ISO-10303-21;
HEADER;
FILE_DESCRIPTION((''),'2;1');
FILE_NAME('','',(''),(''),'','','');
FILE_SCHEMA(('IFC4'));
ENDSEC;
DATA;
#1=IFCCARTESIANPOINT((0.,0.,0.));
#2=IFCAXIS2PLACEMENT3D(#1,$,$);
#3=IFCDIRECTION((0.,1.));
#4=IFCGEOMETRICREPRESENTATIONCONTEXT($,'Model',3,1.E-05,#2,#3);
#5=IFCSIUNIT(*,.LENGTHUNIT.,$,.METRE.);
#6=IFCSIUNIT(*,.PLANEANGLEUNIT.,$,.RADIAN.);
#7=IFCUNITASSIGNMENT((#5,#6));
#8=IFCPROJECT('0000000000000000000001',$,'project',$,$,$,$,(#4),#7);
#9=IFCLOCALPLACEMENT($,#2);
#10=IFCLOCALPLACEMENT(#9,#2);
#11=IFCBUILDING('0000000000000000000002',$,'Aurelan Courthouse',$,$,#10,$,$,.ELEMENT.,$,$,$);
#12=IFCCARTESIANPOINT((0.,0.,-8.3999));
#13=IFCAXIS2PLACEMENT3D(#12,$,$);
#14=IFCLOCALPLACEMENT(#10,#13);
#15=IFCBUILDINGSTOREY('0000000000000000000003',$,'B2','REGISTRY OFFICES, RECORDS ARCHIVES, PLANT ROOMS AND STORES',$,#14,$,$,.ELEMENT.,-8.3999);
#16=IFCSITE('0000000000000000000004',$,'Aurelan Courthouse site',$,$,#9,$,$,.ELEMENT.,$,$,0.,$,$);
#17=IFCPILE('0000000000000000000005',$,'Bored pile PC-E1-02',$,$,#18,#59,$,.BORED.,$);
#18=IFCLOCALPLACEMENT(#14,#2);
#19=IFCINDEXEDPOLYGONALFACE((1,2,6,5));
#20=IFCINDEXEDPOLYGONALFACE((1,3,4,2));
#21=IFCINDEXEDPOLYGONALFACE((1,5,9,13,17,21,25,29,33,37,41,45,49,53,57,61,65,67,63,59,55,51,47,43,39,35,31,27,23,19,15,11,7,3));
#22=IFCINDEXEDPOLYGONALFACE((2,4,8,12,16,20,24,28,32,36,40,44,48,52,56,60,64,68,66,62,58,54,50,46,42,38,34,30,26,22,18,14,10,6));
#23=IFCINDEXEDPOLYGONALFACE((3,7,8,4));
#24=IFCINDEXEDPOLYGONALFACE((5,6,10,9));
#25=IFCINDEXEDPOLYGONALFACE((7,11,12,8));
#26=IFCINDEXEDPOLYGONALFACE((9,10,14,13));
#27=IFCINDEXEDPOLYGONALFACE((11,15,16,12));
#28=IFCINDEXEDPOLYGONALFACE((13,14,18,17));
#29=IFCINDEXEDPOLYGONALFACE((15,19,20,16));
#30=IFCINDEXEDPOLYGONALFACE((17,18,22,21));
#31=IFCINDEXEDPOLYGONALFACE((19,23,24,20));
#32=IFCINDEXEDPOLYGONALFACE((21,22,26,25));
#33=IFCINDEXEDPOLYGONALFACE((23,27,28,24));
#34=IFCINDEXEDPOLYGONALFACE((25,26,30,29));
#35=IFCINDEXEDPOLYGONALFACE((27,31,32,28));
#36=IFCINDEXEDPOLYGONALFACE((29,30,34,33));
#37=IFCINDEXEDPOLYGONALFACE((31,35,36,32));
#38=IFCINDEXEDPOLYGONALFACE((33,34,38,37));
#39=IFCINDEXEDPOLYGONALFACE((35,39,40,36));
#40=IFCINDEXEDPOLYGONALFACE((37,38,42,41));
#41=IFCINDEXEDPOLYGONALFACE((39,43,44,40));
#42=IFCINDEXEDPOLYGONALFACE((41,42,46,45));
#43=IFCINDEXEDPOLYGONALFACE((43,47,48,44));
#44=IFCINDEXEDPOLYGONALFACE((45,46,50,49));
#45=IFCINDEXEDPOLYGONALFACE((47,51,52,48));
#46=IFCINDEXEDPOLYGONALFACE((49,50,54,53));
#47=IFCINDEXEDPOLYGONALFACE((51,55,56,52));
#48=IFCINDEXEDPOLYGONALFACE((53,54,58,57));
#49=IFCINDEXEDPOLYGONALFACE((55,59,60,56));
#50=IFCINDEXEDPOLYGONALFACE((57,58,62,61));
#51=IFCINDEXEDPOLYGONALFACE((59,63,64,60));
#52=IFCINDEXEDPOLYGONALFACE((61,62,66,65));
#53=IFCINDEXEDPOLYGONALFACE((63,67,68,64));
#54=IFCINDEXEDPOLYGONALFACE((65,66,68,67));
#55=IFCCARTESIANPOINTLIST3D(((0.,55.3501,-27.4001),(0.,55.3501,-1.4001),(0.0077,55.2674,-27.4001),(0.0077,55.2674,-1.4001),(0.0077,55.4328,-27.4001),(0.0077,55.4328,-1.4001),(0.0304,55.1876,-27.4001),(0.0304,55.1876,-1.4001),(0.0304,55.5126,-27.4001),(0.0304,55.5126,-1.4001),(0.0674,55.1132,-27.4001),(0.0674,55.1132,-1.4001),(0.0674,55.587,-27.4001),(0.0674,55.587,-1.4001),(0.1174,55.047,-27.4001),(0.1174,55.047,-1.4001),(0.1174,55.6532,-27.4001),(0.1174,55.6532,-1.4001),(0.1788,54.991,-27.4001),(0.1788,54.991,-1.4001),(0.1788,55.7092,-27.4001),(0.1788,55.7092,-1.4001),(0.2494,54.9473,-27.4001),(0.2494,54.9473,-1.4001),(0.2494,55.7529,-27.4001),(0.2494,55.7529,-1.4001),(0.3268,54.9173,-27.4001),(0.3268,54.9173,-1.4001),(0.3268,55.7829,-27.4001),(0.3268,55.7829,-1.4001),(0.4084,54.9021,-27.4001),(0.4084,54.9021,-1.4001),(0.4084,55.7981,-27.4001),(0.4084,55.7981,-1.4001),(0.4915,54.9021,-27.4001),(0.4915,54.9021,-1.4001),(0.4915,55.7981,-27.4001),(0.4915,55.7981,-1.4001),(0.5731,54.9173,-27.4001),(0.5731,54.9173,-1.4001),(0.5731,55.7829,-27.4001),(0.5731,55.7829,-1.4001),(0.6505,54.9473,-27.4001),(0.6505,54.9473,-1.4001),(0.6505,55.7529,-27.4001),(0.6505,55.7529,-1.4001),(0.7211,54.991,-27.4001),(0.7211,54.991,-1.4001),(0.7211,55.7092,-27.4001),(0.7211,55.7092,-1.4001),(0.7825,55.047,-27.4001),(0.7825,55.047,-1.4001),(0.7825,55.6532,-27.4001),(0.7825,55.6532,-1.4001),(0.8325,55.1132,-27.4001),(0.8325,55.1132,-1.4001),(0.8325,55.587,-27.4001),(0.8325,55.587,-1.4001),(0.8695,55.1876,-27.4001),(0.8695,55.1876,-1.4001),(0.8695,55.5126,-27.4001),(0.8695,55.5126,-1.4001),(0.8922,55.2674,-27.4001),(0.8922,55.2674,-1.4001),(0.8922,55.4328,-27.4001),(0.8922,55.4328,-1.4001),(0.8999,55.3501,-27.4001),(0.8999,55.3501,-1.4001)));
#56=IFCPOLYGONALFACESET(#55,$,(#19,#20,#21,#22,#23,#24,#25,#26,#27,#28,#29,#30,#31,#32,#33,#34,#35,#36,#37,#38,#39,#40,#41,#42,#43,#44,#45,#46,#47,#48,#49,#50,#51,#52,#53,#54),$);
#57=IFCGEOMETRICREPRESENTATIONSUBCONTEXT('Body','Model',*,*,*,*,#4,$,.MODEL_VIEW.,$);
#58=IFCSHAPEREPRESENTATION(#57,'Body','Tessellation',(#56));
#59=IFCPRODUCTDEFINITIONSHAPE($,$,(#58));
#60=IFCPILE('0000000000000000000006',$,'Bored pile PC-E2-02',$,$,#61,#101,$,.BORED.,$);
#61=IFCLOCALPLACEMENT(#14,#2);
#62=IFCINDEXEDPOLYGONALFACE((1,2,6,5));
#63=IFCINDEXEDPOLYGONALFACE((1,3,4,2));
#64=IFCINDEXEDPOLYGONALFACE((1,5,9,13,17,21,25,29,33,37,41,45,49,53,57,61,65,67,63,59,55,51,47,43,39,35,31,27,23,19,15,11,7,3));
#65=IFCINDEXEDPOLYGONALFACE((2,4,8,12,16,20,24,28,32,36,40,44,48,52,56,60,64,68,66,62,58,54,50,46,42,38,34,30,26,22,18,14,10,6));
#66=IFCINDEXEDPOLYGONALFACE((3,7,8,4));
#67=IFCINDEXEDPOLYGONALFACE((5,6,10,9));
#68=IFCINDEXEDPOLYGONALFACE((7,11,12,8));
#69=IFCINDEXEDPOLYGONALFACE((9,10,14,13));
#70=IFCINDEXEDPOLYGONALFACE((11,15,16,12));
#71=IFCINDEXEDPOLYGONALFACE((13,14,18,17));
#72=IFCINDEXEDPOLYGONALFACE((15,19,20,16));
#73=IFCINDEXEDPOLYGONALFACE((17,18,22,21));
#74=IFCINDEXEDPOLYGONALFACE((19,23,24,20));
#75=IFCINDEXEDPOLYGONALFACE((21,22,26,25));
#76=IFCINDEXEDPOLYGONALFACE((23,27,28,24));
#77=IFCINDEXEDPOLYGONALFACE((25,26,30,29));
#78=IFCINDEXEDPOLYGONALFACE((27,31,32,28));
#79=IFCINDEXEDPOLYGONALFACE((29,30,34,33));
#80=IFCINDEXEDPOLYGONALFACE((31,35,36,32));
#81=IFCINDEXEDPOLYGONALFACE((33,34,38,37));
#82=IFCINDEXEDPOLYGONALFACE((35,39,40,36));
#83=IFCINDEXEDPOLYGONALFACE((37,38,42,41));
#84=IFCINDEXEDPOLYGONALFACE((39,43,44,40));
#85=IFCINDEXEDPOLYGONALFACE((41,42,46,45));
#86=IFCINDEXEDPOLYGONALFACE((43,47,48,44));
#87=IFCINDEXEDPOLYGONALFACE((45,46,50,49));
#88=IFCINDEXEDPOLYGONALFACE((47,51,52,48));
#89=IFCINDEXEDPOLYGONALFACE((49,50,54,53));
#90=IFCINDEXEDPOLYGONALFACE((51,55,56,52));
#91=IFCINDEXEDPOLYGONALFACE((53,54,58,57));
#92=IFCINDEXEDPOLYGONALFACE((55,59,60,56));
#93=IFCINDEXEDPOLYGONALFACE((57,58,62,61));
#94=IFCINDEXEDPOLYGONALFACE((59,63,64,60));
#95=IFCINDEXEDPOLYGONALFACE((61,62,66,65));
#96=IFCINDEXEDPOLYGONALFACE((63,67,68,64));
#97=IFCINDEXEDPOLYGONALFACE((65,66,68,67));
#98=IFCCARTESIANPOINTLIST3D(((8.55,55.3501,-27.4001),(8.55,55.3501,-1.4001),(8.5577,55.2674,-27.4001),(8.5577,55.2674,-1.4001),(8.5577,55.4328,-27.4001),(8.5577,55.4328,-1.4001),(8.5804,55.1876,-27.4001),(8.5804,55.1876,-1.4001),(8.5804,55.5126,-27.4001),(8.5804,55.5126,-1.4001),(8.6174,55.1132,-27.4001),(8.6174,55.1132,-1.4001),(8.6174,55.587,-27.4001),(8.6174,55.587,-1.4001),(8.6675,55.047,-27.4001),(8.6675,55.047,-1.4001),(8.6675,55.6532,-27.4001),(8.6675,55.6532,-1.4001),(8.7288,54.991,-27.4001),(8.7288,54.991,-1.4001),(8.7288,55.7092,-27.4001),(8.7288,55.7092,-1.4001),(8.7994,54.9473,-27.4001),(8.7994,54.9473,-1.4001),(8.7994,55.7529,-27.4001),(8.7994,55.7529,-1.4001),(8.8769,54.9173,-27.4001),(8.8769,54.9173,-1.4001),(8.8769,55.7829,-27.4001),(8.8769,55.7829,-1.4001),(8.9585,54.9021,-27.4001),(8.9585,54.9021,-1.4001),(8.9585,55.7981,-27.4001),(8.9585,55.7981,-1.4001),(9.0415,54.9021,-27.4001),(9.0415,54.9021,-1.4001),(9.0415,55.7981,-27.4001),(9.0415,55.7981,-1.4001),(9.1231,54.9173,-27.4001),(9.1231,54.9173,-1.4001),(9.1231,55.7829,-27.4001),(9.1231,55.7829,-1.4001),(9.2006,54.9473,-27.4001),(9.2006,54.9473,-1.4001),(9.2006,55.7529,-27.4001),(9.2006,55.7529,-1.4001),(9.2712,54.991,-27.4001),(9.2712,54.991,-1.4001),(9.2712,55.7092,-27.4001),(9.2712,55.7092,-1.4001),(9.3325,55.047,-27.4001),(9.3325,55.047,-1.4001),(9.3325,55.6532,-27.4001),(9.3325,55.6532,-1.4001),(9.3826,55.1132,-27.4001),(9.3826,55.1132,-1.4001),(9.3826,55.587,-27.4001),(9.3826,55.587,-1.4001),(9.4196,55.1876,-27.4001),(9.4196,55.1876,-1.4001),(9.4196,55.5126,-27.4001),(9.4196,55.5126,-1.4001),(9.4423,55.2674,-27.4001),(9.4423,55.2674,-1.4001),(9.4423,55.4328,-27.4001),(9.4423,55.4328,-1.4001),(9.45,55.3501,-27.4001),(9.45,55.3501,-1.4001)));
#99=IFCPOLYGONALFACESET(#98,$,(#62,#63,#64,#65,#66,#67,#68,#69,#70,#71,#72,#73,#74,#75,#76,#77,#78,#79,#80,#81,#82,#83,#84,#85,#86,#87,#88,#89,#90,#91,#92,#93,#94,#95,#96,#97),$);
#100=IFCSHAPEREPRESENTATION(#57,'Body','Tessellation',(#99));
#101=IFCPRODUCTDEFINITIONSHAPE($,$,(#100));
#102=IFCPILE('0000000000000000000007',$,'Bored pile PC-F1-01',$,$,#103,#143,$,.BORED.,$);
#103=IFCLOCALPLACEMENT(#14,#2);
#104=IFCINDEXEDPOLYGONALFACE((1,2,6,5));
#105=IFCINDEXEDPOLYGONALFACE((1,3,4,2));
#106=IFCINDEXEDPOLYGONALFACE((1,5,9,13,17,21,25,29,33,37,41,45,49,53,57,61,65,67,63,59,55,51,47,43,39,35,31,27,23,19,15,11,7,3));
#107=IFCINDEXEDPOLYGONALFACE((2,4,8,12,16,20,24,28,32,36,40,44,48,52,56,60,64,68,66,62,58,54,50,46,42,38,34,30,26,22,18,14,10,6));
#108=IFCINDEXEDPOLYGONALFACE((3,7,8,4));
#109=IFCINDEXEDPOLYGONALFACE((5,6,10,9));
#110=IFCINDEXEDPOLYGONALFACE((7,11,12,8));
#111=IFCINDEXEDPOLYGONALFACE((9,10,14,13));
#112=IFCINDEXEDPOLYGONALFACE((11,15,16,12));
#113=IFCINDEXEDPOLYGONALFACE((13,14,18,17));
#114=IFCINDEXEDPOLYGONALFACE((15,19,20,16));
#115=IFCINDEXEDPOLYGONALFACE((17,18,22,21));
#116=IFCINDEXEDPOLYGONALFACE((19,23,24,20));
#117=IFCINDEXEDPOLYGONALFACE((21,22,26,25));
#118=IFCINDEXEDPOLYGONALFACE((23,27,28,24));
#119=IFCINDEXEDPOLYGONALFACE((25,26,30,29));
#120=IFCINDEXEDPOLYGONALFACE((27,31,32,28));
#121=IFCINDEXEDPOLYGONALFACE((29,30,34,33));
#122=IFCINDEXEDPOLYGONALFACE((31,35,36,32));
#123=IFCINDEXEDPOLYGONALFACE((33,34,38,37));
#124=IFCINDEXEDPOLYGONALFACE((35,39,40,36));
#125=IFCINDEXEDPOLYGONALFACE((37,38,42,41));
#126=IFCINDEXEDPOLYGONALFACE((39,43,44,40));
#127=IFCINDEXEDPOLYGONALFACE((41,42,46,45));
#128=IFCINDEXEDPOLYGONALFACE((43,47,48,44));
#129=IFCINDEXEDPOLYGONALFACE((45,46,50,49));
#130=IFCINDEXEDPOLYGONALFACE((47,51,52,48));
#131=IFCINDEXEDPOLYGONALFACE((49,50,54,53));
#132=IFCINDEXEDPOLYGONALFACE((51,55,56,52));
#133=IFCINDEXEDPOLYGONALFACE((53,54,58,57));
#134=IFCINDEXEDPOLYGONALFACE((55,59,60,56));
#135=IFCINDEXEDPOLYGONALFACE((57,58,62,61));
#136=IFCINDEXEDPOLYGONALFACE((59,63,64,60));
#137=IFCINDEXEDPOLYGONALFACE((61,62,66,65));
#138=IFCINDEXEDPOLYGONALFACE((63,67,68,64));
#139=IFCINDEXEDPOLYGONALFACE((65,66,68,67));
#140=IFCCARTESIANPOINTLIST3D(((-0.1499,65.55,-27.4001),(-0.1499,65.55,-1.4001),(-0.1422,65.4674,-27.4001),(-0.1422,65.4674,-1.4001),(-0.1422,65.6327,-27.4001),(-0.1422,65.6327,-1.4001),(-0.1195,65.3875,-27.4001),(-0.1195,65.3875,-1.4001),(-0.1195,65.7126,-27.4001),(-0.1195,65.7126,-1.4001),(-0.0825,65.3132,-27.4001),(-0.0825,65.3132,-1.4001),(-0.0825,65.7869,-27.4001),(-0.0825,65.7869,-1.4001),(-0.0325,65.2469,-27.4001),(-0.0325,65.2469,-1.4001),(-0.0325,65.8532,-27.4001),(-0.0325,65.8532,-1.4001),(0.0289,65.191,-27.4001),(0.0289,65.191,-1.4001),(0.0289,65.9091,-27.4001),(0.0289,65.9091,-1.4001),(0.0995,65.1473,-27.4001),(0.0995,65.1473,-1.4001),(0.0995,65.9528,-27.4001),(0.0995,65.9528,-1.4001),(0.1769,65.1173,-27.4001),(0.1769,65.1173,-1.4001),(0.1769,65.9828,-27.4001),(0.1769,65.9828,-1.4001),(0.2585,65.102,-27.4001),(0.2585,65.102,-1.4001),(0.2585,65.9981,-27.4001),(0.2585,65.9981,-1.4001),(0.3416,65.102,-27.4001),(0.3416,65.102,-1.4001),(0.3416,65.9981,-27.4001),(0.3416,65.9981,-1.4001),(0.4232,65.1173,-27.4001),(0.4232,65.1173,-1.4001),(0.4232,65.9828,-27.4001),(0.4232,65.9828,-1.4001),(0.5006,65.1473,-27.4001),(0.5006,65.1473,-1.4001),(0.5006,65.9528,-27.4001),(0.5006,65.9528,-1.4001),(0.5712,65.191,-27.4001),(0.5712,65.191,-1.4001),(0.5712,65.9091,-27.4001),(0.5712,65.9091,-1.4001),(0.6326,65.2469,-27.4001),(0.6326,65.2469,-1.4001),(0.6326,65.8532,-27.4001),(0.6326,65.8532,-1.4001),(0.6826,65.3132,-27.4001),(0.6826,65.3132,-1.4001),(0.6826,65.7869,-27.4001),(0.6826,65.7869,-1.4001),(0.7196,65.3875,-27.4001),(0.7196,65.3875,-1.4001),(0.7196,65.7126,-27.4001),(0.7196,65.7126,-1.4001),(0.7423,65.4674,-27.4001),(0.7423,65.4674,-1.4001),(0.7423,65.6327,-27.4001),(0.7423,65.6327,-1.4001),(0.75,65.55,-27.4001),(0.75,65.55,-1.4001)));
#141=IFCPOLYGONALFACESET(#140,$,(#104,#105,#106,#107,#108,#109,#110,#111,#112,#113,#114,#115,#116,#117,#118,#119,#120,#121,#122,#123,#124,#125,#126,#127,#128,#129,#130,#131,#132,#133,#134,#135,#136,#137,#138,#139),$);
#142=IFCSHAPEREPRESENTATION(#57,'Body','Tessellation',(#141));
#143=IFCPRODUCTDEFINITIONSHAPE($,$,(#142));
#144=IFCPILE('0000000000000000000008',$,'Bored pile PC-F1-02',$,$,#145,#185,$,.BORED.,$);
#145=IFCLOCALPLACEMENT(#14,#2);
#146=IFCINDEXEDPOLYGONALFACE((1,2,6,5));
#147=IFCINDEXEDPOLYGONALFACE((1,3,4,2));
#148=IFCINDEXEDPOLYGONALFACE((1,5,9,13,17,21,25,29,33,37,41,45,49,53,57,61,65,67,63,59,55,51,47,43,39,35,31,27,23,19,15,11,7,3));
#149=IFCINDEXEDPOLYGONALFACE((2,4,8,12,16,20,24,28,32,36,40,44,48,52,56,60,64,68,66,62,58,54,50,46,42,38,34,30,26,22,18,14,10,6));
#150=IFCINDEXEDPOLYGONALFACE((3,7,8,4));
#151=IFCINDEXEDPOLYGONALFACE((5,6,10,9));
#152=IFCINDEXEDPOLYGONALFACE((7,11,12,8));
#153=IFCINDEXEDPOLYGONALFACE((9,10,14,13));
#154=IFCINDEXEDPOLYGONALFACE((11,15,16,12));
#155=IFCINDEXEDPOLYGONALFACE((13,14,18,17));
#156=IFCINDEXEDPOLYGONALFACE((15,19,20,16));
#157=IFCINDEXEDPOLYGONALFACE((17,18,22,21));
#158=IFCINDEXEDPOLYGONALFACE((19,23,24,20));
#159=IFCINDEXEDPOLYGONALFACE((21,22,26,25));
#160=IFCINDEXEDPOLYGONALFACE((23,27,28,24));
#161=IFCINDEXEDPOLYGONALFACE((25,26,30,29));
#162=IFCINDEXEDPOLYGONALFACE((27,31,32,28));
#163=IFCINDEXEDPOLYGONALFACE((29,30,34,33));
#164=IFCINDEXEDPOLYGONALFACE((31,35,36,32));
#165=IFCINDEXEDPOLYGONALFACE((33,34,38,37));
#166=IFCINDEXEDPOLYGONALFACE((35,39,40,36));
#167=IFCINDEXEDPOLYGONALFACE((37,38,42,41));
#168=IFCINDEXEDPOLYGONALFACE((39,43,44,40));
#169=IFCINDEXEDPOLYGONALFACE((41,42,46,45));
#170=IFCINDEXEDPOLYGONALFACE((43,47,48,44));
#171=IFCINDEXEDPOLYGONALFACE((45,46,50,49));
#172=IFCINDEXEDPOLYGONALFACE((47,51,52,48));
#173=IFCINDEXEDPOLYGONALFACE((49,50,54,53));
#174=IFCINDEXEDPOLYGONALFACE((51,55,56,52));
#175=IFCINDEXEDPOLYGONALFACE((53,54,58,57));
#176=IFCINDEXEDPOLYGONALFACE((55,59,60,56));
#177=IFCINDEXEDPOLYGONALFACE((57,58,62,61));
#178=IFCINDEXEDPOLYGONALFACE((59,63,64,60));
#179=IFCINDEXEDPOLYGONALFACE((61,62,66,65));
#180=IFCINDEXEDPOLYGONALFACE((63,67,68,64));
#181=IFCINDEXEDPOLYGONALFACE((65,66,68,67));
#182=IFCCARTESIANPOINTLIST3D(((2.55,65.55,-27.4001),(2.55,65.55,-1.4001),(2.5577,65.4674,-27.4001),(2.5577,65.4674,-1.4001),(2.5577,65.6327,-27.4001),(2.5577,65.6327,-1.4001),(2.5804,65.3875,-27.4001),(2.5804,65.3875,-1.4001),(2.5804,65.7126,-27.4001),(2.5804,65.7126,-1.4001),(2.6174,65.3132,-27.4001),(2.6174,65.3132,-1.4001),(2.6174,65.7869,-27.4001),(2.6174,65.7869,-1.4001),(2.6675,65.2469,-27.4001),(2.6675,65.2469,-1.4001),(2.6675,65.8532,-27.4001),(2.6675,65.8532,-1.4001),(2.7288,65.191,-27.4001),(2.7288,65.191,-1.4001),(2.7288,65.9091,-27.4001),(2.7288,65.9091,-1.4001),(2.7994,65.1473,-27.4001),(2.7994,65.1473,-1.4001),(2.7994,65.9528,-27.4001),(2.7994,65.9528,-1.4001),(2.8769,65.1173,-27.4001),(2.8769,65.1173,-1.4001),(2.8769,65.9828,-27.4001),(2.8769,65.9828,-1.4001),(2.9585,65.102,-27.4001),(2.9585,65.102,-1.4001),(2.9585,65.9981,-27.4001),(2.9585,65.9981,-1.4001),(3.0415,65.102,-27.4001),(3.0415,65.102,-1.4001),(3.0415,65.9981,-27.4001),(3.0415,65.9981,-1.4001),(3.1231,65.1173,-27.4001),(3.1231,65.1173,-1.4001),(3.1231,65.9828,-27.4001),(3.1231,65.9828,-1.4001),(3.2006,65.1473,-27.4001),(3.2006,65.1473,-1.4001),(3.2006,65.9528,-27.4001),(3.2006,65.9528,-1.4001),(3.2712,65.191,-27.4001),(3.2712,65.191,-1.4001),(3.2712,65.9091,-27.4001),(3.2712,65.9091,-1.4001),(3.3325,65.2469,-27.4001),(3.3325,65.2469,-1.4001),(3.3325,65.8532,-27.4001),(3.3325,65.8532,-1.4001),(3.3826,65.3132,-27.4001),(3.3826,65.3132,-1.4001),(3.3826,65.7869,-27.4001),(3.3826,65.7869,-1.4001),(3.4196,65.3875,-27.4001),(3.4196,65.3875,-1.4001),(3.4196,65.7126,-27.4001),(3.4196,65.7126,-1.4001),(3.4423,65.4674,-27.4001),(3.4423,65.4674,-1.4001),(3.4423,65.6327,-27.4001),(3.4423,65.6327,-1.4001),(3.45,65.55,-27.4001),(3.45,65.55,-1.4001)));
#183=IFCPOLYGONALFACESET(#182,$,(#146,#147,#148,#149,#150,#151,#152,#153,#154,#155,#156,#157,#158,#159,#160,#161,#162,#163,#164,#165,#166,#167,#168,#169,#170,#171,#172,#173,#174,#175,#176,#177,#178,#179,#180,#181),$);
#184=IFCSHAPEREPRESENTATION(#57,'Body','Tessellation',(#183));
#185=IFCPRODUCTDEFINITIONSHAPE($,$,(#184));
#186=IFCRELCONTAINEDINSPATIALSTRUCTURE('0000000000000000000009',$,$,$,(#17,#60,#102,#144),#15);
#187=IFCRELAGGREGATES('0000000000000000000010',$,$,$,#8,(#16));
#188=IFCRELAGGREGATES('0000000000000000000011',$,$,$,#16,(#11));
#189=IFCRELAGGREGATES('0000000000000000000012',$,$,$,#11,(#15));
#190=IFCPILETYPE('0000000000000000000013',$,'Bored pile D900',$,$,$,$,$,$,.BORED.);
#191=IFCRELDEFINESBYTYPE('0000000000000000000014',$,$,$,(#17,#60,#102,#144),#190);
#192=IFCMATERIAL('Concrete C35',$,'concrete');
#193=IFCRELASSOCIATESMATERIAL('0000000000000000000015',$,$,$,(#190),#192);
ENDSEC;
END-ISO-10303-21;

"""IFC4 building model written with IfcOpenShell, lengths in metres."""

from ifc_helpers import new_model, si_unit, direction, frame, origin, origin_2d, place, context, subcontext, project, spatial, circle, extrude, material, material_profile, profile_set, type_object, element, save


model = new_model("IFC4")

# Units and contexts
model_context = context("Model", 3, precision=1e-05, world=origin(), true_north=direction((0.0, 1.0)))
body_context = subcontext(model_context, "Body", "Model", "MODEL_VIEW")
ifc_project = project(units=[si_unit("LENGTHUNIT", "METRE"), si_unit("PLANEANGLEUNIT", "RADIAN")], contexts=[model_context])

# Site, building, storey
site_placement = place(None, origin())
site = spatial("IfcSite", under=ifc_project, at=site_placement, Name="Aurelan Courthouse site", CompositionType="ELEMENT", RefElevation=0.0)
building_placement = place(site_placement, origin())
building = spatial("IfcBuilding", under=site, at=building_placement, Name="Aurelan Courthouse", CompositionType="ELEMENT")
storey_placement = place(building_placement, frame((0.0, 0.0, -8.3999)))
storey = spatial("IfcBuildingStorey", under=building, at=storey_placement, Name="B2", Description="REGISTRY OFFICES, RECORDS ARCHIVES, PLANT ROOMS AND STORES", CompositionType="ELEMENT", Elevation=-8.3999)

# Piles
ifc_material_1 = material(Name="Concrete C35", Category="concrete")
ifc_material_profile_1 = material_profile(ifc_material_1, circle(Radius=0.45, at=origin_2d()), Name="D900")
ifc_profile_set_1 = profile_set([ifc_material_profile_1], Name="Concrete C35")
pile_type = type_object("IfcPileType", Name="Bored pile D900", PredefinedType="BORED", material=ifc_profile_set_1)
for number, where, z_axis, x_axis, name in (
    (1, (0.45, 55.3501, -1.4001), (0.0, 0.0, -1.0), (1.0, 0.0, 0.0), "Bored pile PC-E1-02"),
    (2, (9.0, 55.3501, -1.4001), (0.0, 0.0, -1.0), (1.0, 0.0, 0.0), "Bored pile PC-E2-02"),
    (3, (0.3, 65.55, -1.4001), (0.0, 0.0, -1.0), (1.0, 0.0, 0.0), "Bored pile PC-F1-01"),
    (4, (3.0, 65.55, -1.4001), (0.0, 0.0, -1.0), (1.0, 0.0, 0.0), "Bored pile PC-F1-02"),
):
    element("IfcPile", number, at=place(storey_placement, frame(where, z_axis=z_axis, x_axis=x_axis)), inside=storey, type_object=pile_type, Name=name, PredefinedType="BORED", context=body_context, shape_type="SweptSolid", body=[
        extrude(circle(Radius=0.45, at=origin_2d()), origin(), (0.0, 0.0, 1.0), 26.0),
    ])

save(model, "model.ifc")
